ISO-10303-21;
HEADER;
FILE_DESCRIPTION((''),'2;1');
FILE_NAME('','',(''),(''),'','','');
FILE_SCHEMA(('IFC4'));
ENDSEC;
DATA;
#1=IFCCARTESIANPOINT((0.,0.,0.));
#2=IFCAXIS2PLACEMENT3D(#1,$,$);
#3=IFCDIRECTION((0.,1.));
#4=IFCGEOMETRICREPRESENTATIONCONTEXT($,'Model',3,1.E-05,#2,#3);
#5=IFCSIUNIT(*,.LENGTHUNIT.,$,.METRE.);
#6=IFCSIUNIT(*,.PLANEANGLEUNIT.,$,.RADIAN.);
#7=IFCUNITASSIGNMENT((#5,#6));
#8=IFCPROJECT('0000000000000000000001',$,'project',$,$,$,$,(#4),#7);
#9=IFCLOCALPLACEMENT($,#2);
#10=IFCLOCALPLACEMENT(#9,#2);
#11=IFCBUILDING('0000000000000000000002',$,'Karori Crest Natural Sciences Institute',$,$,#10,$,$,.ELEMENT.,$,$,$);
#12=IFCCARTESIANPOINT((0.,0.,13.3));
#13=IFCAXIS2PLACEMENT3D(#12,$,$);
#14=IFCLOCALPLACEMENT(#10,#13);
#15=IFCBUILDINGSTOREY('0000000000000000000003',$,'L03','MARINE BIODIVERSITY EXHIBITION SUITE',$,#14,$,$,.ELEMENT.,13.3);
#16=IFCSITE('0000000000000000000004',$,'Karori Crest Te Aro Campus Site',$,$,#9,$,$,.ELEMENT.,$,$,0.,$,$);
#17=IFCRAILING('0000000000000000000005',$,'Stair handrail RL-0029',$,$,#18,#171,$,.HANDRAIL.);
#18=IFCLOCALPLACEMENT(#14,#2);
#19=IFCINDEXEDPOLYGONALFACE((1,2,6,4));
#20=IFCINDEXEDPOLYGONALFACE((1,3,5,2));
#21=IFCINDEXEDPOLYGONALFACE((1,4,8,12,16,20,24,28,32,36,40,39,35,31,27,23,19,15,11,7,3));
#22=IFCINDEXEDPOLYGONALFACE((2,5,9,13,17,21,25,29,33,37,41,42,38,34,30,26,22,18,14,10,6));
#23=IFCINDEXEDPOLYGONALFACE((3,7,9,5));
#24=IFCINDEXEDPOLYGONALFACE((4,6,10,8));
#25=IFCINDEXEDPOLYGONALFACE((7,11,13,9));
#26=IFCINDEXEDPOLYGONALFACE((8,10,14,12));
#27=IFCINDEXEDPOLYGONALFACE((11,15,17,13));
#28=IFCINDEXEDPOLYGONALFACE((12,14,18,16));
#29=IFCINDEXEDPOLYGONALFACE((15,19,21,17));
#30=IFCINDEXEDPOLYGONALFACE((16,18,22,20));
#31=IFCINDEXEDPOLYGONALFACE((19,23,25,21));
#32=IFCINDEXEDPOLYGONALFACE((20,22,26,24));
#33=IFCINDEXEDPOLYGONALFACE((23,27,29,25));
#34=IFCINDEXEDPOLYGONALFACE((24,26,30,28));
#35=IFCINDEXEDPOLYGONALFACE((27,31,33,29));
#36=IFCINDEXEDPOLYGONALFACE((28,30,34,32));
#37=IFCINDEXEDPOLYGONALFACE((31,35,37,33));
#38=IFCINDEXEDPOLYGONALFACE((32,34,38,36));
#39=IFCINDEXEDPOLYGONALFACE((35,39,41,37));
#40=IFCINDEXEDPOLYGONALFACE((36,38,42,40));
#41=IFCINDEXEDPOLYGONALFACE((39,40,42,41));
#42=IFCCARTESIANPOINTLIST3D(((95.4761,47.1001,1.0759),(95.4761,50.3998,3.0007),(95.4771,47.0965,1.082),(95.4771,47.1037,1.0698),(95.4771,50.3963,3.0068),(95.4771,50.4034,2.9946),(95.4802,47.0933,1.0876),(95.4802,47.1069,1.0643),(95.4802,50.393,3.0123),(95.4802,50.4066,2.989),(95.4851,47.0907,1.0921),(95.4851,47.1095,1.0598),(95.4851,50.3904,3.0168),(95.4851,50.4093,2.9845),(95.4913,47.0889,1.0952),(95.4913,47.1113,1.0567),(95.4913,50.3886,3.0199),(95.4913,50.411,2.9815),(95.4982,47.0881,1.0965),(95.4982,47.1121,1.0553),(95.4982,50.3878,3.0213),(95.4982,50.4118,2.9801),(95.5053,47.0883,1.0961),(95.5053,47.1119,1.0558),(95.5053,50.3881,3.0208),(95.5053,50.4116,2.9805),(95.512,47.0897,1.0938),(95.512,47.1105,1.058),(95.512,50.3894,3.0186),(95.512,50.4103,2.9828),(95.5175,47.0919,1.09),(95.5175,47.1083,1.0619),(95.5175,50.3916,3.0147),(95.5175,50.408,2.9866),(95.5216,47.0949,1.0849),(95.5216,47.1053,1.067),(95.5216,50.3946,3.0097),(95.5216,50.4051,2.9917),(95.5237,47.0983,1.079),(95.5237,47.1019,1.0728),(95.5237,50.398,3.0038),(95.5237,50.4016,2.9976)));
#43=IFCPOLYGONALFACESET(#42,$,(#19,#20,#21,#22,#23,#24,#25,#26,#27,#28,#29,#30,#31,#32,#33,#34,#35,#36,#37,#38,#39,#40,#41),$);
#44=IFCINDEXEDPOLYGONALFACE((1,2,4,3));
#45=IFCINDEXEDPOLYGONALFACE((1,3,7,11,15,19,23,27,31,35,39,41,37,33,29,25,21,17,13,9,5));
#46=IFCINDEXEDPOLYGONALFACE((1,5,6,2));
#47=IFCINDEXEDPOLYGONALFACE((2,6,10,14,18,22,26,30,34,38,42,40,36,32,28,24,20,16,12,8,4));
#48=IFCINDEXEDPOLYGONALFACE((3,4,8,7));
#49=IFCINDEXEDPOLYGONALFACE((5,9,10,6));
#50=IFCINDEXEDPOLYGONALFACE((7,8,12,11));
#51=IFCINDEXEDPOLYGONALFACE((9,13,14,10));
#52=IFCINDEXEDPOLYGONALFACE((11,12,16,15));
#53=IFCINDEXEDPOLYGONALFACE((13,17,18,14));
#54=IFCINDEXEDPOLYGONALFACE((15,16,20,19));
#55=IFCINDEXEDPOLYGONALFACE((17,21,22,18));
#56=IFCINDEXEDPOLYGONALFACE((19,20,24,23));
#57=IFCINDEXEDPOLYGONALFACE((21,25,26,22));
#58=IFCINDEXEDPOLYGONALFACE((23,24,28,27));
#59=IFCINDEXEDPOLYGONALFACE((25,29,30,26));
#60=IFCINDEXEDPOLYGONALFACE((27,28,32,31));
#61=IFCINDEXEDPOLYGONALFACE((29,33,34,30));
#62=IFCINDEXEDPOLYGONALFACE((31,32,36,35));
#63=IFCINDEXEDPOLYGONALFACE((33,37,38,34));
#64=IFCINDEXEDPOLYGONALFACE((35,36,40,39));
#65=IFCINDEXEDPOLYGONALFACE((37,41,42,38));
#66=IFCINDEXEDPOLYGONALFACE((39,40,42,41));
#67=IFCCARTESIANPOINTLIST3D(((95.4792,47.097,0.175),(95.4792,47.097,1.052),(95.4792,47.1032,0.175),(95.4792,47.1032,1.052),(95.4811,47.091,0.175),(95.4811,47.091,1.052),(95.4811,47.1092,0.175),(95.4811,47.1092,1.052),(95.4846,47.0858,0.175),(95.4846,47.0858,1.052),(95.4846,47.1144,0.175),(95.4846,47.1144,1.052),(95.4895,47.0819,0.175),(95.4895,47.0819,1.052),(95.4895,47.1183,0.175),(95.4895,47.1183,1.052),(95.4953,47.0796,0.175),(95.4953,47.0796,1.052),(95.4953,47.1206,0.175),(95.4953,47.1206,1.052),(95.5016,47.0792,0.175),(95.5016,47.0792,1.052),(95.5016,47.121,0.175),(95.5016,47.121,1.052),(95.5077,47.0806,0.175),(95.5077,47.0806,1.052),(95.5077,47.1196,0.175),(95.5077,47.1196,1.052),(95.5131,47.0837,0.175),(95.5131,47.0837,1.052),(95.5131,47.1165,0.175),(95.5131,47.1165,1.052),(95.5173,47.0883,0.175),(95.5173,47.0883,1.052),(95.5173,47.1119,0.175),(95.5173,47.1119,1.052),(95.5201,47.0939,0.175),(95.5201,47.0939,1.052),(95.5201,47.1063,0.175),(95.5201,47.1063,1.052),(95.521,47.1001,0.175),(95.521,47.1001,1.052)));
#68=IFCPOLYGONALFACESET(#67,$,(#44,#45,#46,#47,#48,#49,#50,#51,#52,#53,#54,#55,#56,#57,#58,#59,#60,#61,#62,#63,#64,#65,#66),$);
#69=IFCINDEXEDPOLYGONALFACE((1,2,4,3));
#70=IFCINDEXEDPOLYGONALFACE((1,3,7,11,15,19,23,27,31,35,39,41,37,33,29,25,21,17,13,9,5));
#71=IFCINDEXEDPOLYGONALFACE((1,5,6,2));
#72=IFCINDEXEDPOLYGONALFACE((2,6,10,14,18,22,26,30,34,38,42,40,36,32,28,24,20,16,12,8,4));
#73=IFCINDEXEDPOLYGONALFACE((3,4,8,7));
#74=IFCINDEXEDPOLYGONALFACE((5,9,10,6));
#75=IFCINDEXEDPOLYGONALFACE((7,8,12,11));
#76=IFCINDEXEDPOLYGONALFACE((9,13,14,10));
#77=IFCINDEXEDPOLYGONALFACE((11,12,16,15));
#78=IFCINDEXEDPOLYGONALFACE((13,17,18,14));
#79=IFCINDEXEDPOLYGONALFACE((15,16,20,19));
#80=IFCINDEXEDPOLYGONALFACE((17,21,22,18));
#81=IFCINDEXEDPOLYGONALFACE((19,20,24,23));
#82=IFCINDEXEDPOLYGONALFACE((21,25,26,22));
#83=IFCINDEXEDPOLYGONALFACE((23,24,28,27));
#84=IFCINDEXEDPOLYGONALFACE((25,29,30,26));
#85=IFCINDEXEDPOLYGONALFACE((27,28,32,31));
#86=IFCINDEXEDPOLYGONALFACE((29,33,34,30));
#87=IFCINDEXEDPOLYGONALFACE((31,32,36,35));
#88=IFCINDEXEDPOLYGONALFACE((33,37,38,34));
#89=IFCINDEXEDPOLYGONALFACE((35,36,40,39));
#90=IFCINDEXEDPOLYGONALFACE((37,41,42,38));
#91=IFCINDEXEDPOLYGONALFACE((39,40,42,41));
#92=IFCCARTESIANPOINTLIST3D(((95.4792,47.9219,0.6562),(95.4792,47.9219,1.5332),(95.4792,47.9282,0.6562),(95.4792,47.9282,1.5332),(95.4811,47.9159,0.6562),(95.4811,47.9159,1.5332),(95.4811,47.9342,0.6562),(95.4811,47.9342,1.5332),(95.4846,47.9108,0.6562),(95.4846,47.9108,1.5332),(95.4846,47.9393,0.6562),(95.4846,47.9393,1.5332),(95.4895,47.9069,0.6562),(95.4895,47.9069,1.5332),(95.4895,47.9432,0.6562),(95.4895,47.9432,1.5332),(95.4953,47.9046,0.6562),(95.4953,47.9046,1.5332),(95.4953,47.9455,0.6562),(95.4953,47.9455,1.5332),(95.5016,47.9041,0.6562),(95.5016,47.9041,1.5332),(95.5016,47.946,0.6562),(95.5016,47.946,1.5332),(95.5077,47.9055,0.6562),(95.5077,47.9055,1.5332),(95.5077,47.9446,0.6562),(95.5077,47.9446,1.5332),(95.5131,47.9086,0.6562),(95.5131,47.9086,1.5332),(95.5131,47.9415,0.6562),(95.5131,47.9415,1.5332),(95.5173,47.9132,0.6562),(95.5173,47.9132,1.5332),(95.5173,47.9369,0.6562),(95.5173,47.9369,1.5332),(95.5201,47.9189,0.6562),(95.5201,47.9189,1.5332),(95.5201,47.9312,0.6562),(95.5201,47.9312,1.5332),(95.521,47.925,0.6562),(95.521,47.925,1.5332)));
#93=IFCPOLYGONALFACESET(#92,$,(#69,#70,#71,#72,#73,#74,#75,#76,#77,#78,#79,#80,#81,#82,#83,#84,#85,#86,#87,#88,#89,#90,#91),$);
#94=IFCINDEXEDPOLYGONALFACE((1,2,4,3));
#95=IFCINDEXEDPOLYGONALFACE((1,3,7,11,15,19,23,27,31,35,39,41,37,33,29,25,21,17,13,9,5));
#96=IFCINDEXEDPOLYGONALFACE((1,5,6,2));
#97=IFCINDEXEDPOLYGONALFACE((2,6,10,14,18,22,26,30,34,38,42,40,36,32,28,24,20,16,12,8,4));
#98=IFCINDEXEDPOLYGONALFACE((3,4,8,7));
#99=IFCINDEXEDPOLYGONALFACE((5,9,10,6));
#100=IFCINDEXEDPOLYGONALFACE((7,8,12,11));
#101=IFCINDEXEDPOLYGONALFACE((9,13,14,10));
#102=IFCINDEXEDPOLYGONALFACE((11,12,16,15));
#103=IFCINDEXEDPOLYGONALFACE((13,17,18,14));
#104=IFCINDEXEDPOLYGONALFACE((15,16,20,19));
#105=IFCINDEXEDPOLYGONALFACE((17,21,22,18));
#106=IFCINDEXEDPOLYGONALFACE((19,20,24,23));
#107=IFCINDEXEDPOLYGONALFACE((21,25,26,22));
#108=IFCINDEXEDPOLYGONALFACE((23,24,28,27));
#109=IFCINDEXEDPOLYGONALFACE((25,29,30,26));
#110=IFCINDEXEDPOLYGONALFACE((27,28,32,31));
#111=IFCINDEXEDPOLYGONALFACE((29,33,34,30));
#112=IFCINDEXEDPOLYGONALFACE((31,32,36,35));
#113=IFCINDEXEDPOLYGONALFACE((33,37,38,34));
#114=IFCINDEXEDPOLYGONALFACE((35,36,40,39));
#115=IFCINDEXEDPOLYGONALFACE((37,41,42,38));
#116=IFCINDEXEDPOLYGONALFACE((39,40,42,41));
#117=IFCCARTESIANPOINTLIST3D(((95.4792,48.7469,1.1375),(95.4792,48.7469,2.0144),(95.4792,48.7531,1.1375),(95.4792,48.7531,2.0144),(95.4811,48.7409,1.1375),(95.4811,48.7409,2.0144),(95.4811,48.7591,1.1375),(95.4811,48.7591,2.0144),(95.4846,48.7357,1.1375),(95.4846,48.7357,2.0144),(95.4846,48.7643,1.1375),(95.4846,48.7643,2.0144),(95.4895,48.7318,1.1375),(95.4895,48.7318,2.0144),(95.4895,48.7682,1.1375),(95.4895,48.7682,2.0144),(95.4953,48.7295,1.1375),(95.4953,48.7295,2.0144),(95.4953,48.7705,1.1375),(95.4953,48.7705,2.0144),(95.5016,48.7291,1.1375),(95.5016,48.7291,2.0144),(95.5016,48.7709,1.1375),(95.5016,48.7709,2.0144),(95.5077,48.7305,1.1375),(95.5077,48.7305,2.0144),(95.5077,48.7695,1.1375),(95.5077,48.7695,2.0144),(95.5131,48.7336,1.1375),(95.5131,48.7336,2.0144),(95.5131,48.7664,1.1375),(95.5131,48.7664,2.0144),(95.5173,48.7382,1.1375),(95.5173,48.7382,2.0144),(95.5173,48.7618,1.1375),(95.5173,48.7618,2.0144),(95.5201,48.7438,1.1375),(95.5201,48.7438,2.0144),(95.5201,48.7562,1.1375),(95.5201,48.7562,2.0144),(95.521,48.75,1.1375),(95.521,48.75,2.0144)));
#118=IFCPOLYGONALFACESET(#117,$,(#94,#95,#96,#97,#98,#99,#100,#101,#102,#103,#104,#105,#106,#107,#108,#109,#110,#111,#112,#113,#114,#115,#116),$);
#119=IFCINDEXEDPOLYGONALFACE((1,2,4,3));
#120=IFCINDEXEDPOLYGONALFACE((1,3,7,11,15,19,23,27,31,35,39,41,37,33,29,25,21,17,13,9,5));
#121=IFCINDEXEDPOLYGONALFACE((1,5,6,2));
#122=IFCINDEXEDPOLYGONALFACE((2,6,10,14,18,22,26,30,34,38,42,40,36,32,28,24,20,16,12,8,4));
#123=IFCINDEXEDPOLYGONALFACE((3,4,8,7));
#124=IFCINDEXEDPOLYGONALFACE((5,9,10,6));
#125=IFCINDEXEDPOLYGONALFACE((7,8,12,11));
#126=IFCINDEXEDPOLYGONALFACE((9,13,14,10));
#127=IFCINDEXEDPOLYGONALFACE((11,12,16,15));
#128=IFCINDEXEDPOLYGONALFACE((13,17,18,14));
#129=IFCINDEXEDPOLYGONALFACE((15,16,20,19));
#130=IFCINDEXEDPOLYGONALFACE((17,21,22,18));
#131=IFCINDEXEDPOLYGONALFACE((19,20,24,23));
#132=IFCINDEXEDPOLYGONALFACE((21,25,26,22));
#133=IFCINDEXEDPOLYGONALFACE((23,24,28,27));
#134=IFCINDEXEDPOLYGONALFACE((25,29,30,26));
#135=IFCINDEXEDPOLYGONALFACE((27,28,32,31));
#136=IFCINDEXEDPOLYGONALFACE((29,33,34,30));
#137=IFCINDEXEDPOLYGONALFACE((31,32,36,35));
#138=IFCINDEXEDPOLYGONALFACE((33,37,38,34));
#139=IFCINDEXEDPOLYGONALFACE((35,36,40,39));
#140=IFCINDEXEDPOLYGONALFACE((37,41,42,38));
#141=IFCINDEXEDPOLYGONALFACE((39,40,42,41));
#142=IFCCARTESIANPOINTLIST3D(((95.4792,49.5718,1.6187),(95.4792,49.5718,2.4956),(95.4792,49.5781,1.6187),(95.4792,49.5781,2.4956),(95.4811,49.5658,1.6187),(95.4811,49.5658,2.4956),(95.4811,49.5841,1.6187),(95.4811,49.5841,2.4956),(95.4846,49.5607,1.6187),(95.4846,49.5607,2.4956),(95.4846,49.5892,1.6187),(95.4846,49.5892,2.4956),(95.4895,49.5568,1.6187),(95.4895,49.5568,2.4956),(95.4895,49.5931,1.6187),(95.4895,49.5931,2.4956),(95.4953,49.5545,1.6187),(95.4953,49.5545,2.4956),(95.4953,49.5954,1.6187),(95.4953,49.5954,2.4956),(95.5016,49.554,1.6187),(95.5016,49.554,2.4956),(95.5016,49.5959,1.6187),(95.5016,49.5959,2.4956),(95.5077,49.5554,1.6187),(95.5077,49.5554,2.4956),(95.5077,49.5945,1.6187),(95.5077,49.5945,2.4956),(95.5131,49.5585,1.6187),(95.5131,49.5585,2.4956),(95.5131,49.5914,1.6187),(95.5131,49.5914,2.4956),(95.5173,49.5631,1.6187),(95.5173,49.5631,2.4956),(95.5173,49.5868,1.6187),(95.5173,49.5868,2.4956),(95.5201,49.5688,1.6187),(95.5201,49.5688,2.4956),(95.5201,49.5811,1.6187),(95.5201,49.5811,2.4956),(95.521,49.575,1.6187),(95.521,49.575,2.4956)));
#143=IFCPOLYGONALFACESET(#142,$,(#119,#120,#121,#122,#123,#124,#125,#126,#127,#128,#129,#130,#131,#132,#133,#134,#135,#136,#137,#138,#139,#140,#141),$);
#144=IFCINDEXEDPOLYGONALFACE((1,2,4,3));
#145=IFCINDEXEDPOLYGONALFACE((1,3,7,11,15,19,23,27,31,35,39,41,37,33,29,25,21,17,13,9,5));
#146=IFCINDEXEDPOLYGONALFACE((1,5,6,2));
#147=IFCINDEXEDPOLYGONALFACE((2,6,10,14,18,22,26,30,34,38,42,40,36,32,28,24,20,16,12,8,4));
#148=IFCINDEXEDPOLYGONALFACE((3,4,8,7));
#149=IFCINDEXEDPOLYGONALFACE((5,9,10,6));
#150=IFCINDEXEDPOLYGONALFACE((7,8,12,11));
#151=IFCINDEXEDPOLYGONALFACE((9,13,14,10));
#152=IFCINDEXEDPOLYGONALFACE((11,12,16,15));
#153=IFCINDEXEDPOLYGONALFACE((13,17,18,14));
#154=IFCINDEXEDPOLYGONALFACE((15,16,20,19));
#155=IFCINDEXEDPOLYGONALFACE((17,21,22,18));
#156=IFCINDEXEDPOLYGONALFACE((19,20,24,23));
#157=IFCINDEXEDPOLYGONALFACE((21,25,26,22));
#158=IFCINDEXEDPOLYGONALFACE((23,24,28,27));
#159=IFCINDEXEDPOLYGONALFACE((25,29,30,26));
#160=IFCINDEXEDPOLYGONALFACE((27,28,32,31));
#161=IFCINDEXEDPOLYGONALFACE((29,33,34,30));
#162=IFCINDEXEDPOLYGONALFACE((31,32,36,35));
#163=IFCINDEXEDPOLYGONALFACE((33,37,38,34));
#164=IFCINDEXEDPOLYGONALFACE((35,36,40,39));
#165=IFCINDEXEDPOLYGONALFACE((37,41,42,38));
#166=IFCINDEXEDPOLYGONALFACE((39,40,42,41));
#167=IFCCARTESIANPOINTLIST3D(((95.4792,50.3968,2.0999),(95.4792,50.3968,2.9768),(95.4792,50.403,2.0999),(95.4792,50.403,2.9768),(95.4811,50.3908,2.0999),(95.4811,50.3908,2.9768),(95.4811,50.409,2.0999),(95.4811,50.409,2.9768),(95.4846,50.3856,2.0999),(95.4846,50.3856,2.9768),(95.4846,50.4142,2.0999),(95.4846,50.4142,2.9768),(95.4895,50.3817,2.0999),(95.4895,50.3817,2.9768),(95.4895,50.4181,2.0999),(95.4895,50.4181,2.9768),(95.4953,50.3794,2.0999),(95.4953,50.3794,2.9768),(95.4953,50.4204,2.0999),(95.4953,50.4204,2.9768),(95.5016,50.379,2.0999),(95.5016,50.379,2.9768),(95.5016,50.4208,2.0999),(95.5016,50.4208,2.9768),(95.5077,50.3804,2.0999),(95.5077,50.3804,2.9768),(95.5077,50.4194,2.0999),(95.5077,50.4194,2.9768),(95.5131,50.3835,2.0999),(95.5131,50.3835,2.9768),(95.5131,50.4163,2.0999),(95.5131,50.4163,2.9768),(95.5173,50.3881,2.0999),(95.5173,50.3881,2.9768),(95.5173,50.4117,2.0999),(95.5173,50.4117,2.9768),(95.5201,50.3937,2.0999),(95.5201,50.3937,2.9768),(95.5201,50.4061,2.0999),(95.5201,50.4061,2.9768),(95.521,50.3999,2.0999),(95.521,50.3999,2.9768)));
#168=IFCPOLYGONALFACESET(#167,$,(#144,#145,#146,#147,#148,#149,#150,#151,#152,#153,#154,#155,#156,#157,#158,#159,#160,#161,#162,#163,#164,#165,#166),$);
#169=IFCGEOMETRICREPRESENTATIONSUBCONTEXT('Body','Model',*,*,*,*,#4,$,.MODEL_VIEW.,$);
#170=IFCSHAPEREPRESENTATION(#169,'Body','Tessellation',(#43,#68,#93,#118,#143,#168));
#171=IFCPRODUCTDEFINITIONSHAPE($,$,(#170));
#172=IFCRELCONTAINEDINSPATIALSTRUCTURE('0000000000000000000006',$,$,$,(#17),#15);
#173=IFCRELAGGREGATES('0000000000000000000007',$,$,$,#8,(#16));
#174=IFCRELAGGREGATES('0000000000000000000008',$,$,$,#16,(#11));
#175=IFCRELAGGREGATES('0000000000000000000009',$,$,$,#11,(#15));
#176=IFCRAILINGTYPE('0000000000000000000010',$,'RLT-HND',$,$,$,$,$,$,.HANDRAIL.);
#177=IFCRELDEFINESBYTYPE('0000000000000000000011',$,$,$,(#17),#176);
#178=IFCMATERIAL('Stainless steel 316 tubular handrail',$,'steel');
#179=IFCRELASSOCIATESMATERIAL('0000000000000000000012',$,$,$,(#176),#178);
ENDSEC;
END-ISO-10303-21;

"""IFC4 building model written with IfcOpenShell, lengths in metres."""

from ifc_helpers import new_model, si_unit, direction, frame, origin, origin_2d, place, context, subcontext, project, spatial, circle, extrude, material, type_object, element, save


model = new_model("IFC4")

# Units and contexts
model_context = context("Model", 3, precision=1e-05, world=origin(), true_north=direction((0.0, 1.0)))
body_context = subcontext(model_context, "Body", "Model", "MODEL_VIEW")
ifc_project = project(units=[si_unit("LENGTHUNIT", "METRE"), si_unit("PLANEANGLEUNIT", "RADIAN")], contexts=[model_context])

# Site, building, storey
site_placement = place(None, origin())
site = spatial("IfcSite", under=ifc_project, at=site_placement, Name="Karori Crest Te Aro Campus Site", CompositionType="ELEMENT", RefElevation=0.0)
building_placement = place(site_placement, origin())
building = spatial("IfcBuilding", under=site, at=building_placement, Name="Karori Crest Natural Sciences Institute", CompositionType="ELEMENT")
storey_placement = place(building_placement, frame((0.0, 0.0, 13.3)))
storey = spatial("IfcBuildingStorey", under=building, at=storey_placement, Name="L03", Description="MARINE BIODIVERSITY EXHIBITION SUITE", CompositionType="ELEMENT", Elevation=13.3)

# Railing
ifc_material_1 = material(Name="Stainless steel 316 tubular handrail", Category="steel")
railing_type_1 = type_object("IfcRailingType", Name="RLT-HND", PredefinedType="HANDRAIL", material=ifc_material_1)
railing_1_placement = place(storey_placement, frame((95.5, 47.1001, 0.175)))
element("IfcRailing", 1, at=railing_1_placement, inside=storey, type_object=railing_type_1, Name="Stair handrail RL-0029", PredefinedType="HANDRAIL", context=body_context, shape_type="SweptSolid", body=[
    extrude(circle(Radius=0.0239, at=origin_2d()), frame((0.0, 0.0, 0.9009), z_axis=(0.0, 0.863788, 0.503855), x_axis=(-1.0, 0.0, 0.0)), (0.0, 0.0, 1.0), 3.8201),
    extrude(circle(Radius=0.021, at=origin_2d()), origin(), (0.0, 0.0, 1.0), 0.877),
    extrude(circle(Radius=0.021, at=origin_2d()), frame((0.0, 0.825, 0.4812)), (0.0, 0.0, 1.0), 0.877),
    extrude(circle(Radius=0.021, at=origin_2d()), frame((0.0, 1.6499, 0.9624)), (0.0, 0.0, 1.0), 0.877),
    extrude(circle(Radius=0.021, at=origin_2d()), frame((0.0, 2.4749, 1.4436)), (0.0, 0.0, 1.0), 0.877),
    extrude(circle(Radius=0.021, at=origin_2d()), frame((0.0, 3.2998, 1.9248)), (0.0, 0.0, 1.0), 0.877),
])

save(model, "model.ifc")
